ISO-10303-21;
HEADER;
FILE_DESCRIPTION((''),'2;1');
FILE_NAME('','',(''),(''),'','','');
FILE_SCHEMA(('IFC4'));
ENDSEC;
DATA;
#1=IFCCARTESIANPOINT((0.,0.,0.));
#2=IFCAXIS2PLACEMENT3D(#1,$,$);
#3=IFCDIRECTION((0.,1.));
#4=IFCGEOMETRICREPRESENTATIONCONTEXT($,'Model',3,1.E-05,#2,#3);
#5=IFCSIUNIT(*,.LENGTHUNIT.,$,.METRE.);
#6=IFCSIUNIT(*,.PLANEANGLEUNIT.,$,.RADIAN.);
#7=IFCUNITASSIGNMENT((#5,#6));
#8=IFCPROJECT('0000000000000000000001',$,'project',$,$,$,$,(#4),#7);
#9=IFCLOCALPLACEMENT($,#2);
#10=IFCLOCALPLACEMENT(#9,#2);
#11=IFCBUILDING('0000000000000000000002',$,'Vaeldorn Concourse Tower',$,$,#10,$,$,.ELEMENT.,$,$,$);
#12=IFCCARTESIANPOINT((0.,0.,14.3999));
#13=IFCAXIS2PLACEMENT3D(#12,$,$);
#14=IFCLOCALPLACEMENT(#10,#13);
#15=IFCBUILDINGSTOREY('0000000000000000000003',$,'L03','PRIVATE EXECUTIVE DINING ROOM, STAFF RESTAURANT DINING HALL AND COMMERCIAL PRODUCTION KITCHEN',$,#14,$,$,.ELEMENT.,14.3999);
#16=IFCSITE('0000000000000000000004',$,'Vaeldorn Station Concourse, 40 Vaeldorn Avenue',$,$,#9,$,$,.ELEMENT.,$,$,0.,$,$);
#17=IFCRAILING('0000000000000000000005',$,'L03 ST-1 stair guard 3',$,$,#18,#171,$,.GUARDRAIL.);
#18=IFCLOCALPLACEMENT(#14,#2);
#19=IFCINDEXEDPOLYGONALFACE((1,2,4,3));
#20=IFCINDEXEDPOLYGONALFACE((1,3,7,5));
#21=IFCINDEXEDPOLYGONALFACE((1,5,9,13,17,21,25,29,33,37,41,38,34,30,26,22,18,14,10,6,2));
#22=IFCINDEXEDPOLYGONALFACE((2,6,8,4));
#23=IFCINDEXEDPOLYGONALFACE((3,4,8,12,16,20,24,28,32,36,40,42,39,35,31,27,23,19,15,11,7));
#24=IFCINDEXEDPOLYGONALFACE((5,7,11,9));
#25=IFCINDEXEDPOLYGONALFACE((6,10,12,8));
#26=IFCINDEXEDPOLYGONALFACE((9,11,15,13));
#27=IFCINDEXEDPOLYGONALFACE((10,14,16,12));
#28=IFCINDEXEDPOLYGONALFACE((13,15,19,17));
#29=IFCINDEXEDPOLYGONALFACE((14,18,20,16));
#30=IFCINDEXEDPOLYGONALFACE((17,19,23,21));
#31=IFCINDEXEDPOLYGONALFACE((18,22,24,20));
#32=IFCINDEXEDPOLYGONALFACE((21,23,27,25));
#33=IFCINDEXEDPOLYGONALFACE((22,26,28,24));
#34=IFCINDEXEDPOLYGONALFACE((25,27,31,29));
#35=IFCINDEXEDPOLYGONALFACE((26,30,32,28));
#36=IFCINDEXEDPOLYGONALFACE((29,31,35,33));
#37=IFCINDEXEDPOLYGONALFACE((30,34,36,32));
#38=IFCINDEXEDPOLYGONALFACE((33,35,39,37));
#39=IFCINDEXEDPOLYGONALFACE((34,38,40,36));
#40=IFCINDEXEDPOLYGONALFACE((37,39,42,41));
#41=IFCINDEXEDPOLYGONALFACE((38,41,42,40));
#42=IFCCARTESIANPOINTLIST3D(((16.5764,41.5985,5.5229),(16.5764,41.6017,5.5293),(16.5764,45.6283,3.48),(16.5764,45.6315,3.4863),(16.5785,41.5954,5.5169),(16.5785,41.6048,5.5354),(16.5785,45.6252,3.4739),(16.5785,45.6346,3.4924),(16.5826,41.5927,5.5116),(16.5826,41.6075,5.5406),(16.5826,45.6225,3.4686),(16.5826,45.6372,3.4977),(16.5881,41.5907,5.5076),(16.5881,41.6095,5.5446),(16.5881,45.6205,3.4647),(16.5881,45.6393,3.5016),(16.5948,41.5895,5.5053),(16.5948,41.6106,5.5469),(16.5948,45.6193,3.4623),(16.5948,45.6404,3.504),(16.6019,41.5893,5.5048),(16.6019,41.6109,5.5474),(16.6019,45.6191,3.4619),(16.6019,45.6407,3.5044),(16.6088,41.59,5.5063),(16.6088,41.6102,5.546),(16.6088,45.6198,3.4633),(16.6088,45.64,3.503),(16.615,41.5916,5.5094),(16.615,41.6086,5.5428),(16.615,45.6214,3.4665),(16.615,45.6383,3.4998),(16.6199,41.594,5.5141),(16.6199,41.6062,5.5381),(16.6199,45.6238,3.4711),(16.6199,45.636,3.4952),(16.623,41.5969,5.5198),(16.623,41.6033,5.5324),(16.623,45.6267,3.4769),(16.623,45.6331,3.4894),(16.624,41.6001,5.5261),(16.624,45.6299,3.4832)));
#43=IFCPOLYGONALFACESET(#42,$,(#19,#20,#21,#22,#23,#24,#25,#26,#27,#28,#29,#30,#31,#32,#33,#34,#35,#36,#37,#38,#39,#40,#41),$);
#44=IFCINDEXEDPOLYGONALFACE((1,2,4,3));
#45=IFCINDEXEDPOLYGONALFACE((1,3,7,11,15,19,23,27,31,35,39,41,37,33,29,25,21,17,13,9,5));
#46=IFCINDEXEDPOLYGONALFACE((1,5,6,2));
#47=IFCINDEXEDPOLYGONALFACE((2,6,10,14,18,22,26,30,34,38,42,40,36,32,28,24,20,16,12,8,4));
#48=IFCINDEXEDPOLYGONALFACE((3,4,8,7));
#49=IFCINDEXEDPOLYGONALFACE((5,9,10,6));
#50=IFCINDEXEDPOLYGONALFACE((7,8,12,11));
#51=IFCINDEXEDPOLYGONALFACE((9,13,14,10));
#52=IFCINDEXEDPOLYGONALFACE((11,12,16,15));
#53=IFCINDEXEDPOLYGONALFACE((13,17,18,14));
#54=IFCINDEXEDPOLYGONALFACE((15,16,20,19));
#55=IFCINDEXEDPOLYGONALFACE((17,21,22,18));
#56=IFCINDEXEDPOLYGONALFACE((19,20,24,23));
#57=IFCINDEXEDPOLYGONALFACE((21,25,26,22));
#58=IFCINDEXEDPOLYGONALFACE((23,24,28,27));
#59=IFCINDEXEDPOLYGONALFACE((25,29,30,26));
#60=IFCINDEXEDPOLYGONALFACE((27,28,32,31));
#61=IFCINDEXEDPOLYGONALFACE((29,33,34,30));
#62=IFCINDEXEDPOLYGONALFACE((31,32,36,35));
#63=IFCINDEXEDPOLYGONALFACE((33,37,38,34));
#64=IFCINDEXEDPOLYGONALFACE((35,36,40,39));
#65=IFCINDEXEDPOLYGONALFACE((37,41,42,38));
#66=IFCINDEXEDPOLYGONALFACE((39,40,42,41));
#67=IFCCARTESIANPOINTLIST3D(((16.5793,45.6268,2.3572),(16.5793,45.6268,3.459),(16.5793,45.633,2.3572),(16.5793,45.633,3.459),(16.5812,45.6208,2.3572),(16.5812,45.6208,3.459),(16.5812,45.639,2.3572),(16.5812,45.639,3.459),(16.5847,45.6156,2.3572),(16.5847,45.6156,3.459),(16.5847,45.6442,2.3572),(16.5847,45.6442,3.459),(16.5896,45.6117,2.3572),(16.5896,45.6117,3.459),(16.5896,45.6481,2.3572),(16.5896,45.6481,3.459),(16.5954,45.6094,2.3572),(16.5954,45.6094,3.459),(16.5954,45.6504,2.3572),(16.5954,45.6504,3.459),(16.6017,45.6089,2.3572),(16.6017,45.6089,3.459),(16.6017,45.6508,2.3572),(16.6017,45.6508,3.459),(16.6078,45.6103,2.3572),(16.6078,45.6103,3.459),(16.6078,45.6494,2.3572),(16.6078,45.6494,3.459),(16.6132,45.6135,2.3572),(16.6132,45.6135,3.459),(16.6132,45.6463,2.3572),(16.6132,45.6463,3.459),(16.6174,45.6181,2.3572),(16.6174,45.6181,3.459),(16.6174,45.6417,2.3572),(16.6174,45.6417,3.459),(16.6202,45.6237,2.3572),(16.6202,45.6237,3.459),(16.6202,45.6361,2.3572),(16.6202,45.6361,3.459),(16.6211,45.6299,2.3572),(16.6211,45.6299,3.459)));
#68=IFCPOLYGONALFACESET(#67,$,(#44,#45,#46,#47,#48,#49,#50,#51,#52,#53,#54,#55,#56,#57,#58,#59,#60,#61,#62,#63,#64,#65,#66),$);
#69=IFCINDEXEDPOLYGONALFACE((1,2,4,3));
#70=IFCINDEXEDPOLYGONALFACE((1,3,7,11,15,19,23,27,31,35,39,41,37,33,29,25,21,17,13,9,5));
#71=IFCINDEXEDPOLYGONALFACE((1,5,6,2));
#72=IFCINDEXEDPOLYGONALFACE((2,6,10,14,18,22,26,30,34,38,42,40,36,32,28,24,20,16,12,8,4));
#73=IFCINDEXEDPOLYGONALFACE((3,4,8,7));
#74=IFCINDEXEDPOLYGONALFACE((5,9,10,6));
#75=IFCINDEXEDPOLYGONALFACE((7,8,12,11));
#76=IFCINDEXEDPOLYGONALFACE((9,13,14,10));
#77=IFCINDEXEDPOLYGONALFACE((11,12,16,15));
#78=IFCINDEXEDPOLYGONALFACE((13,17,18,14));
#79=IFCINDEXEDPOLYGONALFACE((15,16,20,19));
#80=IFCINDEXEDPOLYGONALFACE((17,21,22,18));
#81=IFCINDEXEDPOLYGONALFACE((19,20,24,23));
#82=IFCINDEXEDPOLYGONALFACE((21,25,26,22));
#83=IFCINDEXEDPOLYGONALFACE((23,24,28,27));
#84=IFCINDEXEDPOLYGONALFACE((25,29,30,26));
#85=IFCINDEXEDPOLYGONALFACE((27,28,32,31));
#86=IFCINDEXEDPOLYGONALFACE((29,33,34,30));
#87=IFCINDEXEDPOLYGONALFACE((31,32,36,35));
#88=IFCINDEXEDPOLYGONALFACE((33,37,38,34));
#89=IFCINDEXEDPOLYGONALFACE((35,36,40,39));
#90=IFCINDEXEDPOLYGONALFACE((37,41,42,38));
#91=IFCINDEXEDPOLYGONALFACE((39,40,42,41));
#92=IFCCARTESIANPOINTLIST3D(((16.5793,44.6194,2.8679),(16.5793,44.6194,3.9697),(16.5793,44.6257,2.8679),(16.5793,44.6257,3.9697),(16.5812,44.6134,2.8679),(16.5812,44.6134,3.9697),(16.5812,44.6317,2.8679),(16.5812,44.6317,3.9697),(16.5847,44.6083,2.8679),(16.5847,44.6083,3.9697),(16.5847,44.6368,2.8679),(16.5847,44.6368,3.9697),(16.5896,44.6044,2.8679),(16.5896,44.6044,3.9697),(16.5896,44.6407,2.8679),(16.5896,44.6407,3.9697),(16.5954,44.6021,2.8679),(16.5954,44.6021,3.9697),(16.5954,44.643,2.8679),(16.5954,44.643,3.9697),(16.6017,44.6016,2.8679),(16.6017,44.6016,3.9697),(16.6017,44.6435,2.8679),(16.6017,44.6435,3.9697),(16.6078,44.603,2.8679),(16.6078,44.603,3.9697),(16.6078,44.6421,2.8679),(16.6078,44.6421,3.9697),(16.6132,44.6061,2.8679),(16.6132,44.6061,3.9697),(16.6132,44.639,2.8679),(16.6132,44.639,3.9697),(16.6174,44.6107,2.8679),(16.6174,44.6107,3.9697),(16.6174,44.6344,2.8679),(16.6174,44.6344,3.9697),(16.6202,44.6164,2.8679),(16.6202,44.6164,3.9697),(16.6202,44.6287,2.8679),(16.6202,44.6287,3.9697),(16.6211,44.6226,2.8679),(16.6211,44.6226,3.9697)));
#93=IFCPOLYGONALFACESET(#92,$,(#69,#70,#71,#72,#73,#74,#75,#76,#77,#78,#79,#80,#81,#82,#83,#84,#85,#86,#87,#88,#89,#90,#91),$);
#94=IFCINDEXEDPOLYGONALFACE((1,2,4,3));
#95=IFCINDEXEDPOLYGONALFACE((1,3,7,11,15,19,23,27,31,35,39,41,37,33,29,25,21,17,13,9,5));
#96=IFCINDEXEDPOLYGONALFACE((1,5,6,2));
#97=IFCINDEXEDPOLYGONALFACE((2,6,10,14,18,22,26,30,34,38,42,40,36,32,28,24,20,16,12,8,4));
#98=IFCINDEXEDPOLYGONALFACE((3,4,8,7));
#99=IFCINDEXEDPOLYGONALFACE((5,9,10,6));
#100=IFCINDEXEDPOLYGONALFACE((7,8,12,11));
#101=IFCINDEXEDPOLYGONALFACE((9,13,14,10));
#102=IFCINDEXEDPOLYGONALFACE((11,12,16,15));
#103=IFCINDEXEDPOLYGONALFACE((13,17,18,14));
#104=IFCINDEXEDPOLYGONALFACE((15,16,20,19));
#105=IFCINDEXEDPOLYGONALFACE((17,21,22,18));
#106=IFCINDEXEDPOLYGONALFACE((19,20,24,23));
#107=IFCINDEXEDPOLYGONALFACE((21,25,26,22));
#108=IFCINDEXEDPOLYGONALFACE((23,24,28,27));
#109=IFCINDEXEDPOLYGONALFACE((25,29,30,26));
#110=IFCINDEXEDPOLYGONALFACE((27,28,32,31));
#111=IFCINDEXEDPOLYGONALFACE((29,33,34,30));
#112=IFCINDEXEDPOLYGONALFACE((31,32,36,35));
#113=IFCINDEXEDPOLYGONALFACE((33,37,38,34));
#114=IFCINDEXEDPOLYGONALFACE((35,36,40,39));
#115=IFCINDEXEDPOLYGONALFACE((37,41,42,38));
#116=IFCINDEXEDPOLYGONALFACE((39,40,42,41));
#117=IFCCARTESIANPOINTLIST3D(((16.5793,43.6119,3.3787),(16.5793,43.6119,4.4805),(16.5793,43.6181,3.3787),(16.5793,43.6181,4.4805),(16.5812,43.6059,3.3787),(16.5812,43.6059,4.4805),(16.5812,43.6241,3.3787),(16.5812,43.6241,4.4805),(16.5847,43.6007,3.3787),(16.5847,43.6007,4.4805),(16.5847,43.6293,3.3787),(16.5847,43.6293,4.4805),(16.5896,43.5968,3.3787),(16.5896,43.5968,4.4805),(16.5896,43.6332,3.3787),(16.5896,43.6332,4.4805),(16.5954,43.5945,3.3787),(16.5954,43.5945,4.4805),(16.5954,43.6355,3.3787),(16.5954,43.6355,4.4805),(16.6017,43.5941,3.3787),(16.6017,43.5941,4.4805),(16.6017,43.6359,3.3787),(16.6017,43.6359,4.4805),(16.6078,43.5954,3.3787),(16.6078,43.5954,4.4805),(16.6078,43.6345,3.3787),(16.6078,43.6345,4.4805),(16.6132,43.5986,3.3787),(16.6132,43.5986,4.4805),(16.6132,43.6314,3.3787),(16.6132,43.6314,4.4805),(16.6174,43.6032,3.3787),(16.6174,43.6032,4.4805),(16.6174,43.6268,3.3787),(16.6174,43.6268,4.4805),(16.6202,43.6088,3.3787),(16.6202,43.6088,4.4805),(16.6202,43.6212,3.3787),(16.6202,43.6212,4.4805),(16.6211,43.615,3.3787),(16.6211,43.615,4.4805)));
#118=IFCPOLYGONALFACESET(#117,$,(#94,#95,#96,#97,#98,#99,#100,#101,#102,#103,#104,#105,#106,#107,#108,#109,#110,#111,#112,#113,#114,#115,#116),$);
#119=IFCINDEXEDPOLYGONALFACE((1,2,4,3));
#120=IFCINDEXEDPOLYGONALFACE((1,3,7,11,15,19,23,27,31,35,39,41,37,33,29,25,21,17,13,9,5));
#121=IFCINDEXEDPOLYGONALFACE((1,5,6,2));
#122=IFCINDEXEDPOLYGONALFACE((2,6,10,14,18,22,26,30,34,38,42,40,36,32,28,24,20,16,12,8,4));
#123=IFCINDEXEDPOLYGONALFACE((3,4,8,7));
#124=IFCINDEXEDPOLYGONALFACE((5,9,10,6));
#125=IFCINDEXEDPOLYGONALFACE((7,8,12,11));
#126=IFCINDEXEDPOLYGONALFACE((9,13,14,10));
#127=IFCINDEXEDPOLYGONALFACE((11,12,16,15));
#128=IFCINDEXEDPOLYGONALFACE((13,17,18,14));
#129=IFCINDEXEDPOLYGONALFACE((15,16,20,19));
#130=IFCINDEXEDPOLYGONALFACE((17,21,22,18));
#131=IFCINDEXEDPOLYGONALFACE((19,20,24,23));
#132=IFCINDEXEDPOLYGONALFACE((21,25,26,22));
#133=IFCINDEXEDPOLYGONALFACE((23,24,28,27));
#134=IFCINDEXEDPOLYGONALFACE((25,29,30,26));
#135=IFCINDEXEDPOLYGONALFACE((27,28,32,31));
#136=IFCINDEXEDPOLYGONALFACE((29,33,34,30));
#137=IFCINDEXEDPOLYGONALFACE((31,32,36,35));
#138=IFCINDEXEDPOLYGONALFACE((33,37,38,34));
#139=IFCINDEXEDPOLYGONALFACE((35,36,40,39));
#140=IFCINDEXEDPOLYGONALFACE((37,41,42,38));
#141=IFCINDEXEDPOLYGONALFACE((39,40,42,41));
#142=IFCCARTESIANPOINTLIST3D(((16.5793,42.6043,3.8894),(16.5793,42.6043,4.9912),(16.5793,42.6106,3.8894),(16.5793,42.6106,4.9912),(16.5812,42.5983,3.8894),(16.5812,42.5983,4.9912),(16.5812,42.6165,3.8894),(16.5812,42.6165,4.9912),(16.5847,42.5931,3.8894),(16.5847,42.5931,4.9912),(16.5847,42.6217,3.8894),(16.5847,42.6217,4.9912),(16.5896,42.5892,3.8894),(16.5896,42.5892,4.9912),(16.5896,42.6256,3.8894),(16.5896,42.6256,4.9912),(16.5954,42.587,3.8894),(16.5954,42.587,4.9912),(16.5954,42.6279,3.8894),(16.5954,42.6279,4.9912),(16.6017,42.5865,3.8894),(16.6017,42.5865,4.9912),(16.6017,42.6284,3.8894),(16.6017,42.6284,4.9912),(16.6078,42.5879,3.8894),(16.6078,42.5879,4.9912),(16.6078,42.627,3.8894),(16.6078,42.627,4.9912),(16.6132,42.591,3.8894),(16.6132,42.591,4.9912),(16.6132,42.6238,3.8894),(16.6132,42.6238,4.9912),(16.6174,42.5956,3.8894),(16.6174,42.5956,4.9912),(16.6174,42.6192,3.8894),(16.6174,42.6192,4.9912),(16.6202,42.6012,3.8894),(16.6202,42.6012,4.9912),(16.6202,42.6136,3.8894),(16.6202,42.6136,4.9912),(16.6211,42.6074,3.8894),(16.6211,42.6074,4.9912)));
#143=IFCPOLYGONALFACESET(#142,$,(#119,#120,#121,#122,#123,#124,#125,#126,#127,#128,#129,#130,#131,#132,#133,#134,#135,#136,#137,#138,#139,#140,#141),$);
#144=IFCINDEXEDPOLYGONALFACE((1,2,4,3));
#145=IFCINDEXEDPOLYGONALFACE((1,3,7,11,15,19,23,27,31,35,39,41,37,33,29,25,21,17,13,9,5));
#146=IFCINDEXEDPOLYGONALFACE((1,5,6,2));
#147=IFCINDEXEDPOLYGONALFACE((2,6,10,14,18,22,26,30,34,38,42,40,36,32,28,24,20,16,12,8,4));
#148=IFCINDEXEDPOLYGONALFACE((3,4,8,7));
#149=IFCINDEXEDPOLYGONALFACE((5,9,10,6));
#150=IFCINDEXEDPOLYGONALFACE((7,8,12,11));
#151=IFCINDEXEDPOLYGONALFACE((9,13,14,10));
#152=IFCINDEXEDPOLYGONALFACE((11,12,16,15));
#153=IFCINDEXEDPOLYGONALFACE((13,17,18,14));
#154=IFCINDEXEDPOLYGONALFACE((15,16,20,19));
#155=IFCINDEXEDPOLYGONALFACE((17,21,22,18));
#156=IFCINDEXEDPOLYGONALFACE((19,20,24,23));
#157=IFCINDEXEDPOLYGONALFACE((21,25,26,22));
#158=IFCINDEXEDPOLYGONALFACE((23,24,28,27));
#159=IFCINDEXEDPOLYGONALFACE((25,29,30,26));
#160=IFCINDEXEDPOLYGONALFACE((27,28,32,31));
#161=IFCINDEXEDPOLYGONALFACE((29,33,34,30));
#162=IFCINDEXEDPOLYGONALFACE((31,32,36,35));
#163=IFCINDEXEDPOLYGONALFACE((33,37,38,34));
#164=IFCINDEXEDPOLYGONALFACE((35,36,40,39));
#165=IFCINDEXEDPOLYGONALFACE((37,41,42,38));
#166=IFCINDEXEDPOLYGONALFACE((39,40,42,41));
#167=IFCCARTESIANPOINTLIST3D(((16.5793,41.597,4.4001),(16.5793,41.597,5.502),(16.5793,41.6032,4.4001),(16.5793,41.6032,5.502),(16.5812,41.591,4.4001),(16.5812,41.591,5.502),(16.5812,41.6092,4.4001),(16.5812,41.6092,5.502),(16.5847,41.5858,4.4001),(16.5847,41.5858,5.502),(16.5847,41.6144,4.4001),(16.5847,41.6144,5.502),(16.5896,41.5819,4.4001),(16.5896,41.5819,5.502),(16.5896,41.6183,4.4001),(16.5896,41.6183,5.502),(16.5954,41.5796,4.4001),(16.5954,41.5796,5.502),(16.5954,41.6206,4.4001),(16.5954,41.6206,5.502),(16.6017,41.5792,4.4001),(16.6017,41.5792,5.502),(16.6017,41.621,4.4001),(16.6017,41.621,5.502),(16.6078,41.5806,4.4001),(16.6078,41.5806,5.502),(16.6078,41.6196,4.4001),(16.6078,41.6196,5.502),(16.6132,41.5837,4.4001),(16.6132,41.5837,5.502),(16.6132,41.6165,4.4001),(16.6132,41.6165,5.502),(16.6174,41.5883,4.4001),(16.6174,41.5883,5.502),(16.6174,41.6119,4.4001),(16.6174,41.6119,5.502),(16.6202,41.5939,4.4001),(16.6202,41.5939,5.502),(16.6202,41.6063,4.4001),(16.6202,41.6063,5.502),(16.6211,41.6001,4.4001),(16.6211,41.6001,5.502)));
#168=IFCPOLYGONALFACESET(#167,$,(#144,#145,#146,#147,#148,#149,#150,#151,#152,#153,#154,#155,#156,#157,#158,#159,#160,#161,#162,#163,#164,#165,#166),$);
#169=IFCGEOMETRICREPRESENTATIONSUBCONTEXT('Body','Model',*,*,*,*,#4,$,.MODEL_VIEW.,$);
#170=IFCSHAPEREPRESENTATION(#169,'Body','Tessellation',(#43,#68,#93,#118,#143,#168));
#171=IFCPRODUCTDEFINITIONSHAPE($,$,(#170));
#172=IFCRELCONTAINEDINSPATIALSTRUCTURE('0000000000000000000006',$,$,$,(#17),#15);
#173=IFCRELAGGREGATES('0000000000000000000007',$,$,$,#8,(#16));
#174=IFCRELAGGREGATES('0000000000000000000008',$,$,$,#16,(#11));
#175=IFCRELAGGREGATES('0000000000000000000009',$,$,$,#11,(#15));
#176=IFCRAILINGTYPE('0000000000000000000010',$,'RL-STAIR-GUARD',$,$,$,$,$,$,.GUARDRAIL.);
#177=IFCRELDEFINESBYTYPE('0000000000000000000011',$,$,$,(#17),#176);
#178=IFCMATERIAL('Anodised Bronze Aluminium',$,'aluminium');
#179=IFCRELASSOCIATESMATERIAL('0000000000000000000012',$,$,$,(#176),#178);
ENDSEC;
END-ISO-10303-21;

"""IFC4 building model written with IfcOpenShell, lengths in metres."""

from ifc_helpers import new_model, si_unit, direction, frame, origin, origin_2d, place, context, subcontext, project, spatial, circle, extrude, material, type_object, element, save


model = new_model("IFC4")

# Units and contexts
model_context = context("Model", 3, precision=1e-05, world=origin(), true_north=direction((0.0, 1.0)))
body_context = subcontext(model_context, "Body", "Model", "MODEL_VIEW")
ifc_project = project(units=[si_unit("LENGTHUNIT", "METRE"), si_unit("PLANEANGLEUNIT", "RADIAN")], contexts=[model_context])

# Site, building, storey
site_placement = place(None, origin())
site = spatial("IfcSite", under=ifc_project, at=site_placement, Name="Vaeldorn Station Concourse, 40 Vaeldorn Avenue", CompositionType="ELEMENT", RefElevation=0.0)
building_placement = place(site_placement, origin())
building = spatial("IfcBuilding", under=site, at=building_placement, Name="Vaeldorn Concourse Tower", CompositionType="ELEMENT")
storey_placement = place(building_placement, frame((0.0, 0.0, 14.3999)))
storey = spatial("IfcBuildingStorey", under=building, at=storey_placement, Name="L03", Description="PRIVATE EXECUTIVE DINING ROOM, STAFF RESTAURANT DINING HALL AND COMMERCIAL PRODUCTION KITCHEN", CompositionType="ELEMENT", Elevation=14.3999)

# Shared definitions
ifc_material_1 = material(Name="Anodised Bronze Aluminium", Category="aluminium")

# Railing
railing_type_1 = type_object("IfcRailingType", Name="RL-STAIR-GUARD", PredefinedType="GUARDRAIL", material=ifc_material_1)
railing_1_placement = place(storey_placement, frame((16.6001, 45.6299, 2.3572)))
element("IfcRailing", 1, at=railing_1_placement, inside=storey, type_object=railing_type_1, Name="L03 ST-1 stair guard 3", PredefinedType="GUARDRAIL", context=body_context, shape_type="SweptSolid", body=[
    extrude(circle(Radius=0.0239, at=origin_2d()), frame((0.0, 0.0, 1.126), z_axis=(0.0, -0.891928, 0.452178), x_axis=(1.0, 0.0, 0.0)), (0.0, 0.0, 1.0), 4.5181),
    extrude(circle(Radius=0.021, at=origin_2d()), origin(), (0.0, 0.0, 1.0), 1.1018),
    extrude(circle(Radius=0.021, at=origin_2d()), frame((0.0, -1.0073, 0.5107)), (0.0, 0.0, 1.0), 1.1018),
    extrude(circle(Radius=0.021, at=origin_2d()), frame((0.0, -2.0149, 1.0215)), (0.0, 0.0, 1.0), 1.1018),
    extrude(circle(Radius=0.021, at=origin_2d()), frame((0.0, -3.0225, 1.5322)), (0.0, 0.0, 1.0), 1.1018),
    extrude(circle(Radius=0.021, at=origin_2d()), frame((0.0, -4.0298, 2.043)), (0.0, 0.0, 1.0), 1.1018),
])

save(model, "model.ifc")
